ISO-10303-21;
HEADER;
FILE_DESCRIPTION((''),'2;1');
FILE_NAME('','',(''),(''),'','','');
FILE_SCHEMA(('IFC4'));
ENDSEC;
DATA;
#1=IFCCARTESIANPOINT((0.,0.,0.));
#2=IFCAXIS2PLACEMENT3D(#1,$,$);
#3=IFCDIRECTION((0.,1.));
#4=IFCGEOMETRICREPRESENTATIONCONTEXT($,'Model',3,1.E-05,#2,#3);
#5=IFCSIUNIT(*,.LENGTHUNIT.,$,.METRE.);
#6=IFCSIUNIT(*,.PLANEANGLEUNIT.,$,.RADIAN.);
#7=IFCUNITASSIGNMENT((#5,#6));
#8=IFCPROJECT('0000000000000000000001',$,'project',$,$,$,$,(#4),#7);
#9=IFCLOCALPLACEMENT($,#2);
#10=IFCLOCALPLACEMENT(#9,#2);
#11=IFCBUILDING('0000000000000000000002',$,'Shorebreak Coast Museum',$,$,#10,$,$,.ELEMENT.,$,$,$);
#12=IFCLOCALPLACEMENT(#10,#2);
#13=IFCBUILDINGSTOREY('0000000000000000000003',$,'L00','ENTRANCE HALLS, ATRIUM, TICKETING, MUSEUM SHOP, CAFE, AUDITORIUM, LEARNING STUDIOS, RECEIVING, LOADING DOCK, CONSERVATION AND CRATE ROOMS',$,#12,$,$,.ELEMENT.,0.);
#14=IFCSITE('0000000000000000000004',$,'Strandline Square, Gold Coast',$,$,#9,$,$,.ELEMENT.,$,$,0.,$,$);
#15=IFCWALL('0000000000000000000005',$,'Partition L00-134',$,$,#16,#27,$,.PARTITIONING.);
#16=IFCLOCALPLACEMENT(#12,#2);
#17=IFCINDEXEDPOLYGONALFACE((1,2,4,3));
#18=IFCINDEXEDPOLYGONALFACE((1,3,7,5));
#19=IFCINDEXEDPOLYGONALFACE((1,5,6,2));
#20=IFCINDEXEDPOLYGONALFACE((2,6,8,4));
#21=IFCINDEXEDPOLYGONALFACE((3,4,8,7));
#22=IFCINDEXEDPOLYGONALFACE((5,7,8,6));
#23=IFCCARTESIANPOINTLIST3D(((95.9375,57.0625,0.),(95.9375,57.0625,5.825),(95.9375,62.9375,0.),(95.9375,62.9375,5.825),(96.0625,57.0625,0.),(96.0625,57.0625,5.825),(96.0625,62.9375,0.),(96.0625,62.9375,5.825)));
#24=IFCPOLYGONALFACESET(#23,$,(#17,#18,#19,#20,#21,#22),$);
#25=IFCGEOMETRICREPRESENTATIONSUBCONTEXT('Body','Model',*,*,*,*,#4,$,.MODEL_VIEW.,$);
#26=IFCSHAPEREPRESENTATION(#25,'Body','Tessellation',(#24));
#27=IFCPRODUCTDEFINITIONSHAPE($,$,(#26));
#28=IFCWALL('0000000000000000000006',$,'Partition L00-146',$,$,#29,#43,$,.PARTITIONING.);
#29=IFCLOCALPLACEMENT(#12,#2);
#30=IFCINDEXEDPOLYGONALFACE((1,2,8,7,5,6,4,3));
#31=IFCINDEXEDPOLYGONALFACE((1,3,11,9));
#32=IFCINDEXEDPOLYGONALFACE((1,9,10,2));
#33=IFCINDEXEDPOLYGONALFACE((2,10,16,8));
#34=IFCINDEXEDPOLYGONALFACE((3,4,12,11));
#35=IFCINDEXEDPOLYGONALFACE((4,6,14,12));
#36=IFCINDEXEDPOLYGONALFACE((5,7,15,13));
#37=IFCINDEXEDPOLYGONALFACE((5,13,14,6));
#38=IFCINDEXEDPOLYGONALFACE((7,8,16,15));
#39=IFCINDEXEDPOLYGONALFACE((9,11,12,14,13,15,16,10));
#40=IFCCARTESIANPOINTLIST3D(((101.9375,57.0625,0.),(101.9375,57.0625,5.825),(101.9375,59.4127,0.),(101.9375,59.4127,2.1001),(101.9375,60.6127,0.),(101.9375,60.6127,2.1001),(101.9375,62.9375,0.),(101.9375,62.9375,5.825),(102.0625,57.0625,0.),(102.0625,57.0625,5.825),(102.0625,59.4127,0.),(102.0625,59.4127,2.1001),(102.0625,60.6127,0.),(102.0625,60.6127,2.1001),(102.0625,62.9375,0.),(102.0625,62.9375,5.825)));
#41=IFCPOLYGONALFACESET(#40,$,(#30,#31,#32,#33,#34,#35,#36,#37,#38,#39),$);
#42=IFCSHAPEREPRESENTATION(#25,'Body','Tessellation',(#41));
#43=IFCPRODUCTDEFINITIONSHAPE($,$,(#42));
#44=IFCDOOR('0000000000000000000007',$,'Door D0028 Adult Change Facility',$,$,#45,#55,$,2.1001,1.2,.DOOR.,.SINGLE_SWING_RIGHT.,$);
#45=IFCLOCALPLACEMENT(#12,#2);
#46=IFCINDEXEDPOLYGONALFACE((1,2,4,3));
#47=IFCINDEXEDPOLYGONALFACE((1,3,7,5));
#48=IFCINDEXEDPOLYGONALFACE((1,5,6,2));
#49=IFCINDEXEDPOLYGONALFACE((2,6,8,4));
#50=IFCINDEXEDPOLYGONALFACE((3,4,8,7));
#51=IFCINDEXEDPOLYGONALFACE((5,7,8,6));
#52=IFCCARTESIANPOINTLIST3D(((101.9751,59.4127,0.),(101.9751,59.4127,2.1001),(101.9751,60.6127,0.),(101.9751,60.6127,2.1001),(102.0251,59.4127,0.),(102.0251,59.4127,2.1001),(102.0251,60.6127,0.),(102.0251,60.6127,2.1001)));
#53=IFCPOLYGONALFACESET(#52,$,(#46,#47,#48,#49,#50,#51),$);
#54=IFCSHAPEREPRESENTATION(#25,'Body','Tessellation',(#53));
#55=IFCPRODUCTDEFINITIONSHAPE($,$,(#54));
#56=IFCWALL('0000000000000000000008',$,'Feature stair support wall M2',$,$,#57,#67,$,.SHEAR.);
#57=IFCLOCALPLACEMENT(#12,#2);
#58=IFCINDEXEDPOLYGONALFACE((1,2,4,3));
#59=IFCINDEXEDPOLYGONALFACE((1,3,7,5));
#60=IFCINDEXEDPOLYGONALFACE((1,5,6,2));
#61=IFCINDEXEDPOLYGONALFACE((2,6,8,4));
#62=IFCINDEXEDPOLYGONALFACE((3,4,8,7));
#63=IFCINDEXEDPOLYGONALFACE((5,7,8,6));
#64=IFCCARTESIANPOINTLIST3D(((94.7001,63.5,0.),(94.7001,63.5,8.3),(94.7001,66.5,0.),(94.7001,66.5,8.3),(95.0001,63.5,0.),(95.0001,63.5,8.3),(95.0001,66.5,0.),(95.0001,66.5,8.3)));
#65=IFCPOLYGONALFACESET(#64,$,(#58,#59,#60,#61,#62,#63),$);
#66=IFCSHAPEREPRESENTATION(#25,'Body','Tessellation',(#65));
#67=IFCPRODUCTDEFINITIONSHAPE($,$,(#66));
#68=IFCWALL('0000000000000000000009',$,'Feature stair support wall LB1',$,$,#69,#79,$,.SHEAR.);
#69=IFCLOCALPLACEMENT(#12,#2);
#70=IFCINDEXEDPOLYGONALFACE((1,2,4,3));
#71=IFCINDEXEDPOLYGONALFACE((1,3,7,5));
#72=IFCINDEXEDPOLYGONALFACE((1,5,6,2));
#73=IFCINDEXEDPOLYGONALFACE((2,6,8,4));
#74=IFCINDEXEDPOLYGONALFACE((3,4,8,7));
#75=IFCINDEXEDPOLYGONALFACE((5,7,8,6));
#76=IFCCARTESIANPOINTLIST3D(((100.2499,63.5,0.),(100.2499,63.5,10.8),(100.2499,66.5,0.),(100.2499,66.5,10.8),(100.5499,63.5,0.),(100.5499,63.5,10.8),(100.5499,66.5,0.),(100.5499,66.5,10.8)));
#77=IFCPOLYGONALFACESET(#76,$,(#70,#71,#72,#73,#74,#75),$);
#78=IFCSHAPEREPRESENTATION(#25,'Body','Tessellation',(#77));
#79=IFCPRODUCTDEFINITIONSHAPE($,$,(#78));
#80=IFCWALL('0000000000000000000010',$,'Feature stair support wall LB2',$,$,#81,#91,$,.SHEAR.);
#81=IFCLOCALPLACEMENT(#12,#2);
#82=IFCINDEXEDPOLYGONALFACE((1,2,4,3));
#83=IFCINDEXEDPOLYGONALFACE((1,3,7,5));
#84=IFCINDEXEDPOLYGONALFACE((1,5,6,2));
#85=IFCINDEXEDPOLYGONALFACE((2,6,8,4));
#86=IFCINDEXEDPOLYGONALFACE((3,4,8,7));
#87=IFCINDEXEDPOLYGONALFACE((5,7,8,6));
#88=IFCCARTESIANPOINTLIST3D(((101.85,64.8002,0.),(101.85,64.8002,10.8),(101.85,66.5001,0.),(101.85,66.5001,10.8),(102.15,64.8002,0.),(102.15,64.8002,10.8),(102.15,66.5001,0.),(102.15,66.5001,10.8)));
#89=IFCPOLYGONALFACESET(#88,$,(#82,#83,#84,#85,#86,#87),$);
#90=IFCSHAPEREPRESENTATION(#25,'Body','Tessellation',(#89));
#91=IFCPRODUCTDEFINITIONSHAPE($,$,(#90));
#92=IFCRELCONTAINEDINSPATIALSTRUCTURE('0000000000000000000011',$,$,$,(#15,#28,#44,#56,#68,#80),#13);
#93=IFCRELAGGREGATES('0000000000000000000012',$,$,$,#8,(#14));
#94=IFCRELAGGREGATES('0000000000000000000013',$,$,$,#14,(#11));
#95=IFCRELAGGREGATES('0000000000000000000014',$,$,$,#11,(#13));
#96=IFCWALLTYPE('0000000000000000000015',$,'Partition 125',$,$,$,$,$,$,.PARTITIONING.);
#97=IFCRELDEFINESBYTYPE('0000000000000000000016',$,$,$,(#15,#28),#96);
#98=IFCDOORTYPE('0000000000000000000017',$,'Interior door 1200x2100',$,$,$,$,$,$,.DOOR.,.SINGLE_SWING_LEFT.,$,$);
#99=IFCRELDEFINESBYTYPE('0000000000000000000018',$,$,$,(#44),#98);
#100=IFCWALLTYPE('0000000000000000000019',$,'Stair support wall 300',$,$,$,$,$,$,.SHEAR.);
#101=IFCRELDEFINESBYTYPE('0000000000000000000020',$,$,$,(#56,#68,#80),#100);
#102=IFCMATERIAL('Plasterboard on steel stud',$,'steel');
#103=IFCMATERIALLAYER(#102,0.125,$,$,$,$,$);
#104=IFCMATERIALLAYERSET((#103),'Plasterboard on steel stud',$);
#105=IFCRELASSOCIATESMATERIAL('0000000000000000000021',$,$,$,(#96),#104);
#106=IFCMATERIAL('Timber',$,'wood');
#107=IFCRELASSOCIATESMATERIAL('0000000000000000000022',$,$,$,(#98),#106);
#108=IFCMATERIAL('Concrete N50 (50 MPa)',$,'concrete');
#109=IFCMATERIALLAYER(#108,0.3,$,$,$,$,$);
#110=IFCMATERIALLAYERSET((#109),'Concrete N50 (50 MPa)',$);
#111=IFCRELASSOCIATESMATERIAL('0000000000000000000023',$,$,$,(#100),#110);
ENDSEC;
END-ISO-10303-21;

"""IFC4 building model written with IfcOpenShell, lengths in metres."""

from ifc_helpers import new_model, si_unit, direction, frame, frame_2d, origin, place, context, subcontext, project, spatial, rectangle, extrude, material, layer, layer_set, type_object, element, fill, save


model = new_model("IFC4")

# Units and contexts
model_context = context("Model", 3, precision=1e-05, world=origin(), true_north=direction((0.0, 1.0)))
body_context = subcontext(model_context, "Body", "Model", "MODEL_VIEW")
ifc_project = project(units=[si_unit("LENGTHUNIT", "METRE"), si_unit("PLANEANGLEUNIT", "RADIAN")], contexts=[model_context])

# Site, building, storey
site_placement = place(None, origin())
site = spatial("IfcSite", under=ifc_project, at=site_placement, Name="Strandline Square, Gold Coast", CompositionType="ELEMENT", RefElevation=0.0)
building_placement = place(site_placement, origin())
building = spatial("IfcBuilding", under=site, at=building_placement, Name="Shorebreak Coast Museum", CompositionType="ELEMENT")
storey_placement = place(building_placement, origin())
storey = spatial("IfcBuildingStorey", under=building, at=storey_placement, Name="L00", Description="ENTRANCE HALLS, ATRIUM, TICKETING, MUSEUM SHOP, CAFE, AUDITORIUM, LEARNING STUDIOS, RECEIVING, LOADING DOCK, CONSERVATION AND CRATE ROOMS", CompositionType="ELEMENT", Elevation=0.0)

# Wall
ifc_material_1 = material(Name="Plasterboard on steel stud", Category="steel")
ifc_layer_1 = layer(ifc_material_1, 0.125)
ifc_layer_set_1 = layer_set([ifc_layer_1], Name="Plasterboard on steel stud")
wall_type_1 = type_object("IfcWallType", Name="Partition 125", PredefinedType="PARTITIONING", material=ifc_layer_set_1)
wall_1_placement = place(storey_placement, frame((96.0, 57.0625, 0.0), z_axis=(0.0, 0.0, 1.0), x_axis=(0.0, 1.0, 0.0)))
element("IfcWall", 1, at=wall_1_placement, inside=storey, type_object=wall_type_1, Name="Partition L00-134", PredefinedType="PARTITIONING", context=body_context, shape_type="SweptSolid", body=[
    extrude(rectangle(XDim=5.875, YDim=0.125, at=frame_2d((2.9375, 0.0))), origin(), (0.0, 0.0, 1.0), 5.825),
])

# Wall, opening, door
wall_2_placement = place(storey_placement, frame((102.0, 57.0625, 0.0), z_axis=(0.0, 0.0, 1.0), x_axis=(0.0, 1.0, 0.0)))
wall_2 = element("IfcWall", 2, at=wall_2_placement, inside=storey, type_object=wall_type_1, Name="Partition L00-146", PredefinedType="PARTITIONING", context=body_context, shape_type="SweptSolid", body=[
    extrude(rectangle(XDim=5.875, YDim=0.125, at=frame_2d((2.9375, 0.0))), origin(), (0.0, 0.0, 1.0), 5.825),
])
opening_placement = place(wall_2_placement, frame((2.3501, 0.0, 0.0)))
opening = element("IfcOpeningElement", 3, at=opening_placement, cuts=wall_2, PredefinedType="OPENING", context=body_context, shape_type="SweptSolid", body=[
    extrude(rectangle(XDim=1.2, YDim=2.1001, at=frame_2d((0.6001, 1.05))), frame((0.0, 0.0725, 0.0), z_axis=(0.0, -1.0, 0.0), x_axis=(1.0, 0.0, 0.0)), (0.0, 0.0, 1.0), 0.145),
])
ifc_material_2 = material(Name="Timber", Category="wood")
door_type = type_object("IfcDoorType", Name="Interior door 1200x2100", OperationType="SINGLE_SWING_LEFT", PredefinedType="DOOR", material=ifc_material_2)
door_placement = place(opening_placement, origin())
door = element("IfcDoor", 4, at=door_placement, inside=storey, type_object=door_type, Name="Door D0028 Adult Change Facility", OperationType="SINGLE_SWING_RIGHT", OverallHeight=2.1001, OverallWidth=1.2, PredefinedType="DOOR", context=body_context, shape_type="SweptSolid", body=[
    extrude(rectangle(XDim=1.2, YDim=2.1001, at=frame_2d((0.6001, 1.05))), frame((0.0, 0.0249, 0.0), z_axis=(0.0, -1.0, 0.0), x_axis=(1.0, 0.0, 0.0)), (0.0, 0.0, 1.0), 0.05),
])
fill(opening, door)

# Walls
ifc_material_3 = material(Name="Concrete N50 (50 MPa)", Category="concrete")
ifc_layer_2 = layer(ifc_material_3, 0.3)
ifc_layer_set_2 = layer_set([ifc_layer_2], Name="Concrete N50 (50 MPa)")
wall_type_2 = type_object("IfcWallType", Name="Stair support wall 300", PredefinedType="SHEAR", material=ifc_layer_set_2)
wall_3_placement = place(storey_placement, frame((94.8501, 63.5, 0.0), z_axis=(0.0, 0.0, 1.0), x_axis=(0.0, 1.0, 0.0)))
element("IfcWall", 5, at=wall_3_placement, inside=storey, type_object=wall_type_2, Name="Feature stair support wall M2", PredefinedType="SHEAR", context=body_context, shape_type="SweptSolid", body=[
    extrude(rectangle(XDim=3.0, YDim=0.3, at=frame_2d((1.5, 0.0))), origin(), (0.0, 0.0, 1.0), 8.3),
])
wall_4_placement = place(storey_placement, frame((100.3999, 63.5, 0.0), z_axis=(0.0, 0.0, 1.0), x_axis=(0.0, 1.0, 0.0)))
element("IfcWall", 6, at=wall_4_placement, inside=storey, type_object=wall_type_2, Name="Feature stair support wall LB1", PredefinedType="SHEAR", context=body_context, shape_type="SweptSolid", body=[
    extrude(rectangle(XDim=3.0, YDim=0.3, at=frame_2d((1.5, 0.0))), origin(), (0.0, 0.0, 1.0), 10.8),
])
wall_5_placement = place(storey_placement, frame((102.0, 64.8, 0.0), z_axis=(0.0, 0.0, 1.0), x_axis=(0.0, 1.0, 0.0)))
element("IfcWall", 7, at=wall_5_placement, inside=storey, type_object=wall_type_2, Name="Feature stair support wall LB2", PredefinedType="SHEAR", context=body_context, shape_type="SweptSolid", body=[
    extrude(rectangle(XDim=1.7, YDim=0.3, at=frame_2d((0.8501, 0.0))), origin(), (0.0, 0.0, 1.0), 10.8),
])

save(model, "model.ifc")
